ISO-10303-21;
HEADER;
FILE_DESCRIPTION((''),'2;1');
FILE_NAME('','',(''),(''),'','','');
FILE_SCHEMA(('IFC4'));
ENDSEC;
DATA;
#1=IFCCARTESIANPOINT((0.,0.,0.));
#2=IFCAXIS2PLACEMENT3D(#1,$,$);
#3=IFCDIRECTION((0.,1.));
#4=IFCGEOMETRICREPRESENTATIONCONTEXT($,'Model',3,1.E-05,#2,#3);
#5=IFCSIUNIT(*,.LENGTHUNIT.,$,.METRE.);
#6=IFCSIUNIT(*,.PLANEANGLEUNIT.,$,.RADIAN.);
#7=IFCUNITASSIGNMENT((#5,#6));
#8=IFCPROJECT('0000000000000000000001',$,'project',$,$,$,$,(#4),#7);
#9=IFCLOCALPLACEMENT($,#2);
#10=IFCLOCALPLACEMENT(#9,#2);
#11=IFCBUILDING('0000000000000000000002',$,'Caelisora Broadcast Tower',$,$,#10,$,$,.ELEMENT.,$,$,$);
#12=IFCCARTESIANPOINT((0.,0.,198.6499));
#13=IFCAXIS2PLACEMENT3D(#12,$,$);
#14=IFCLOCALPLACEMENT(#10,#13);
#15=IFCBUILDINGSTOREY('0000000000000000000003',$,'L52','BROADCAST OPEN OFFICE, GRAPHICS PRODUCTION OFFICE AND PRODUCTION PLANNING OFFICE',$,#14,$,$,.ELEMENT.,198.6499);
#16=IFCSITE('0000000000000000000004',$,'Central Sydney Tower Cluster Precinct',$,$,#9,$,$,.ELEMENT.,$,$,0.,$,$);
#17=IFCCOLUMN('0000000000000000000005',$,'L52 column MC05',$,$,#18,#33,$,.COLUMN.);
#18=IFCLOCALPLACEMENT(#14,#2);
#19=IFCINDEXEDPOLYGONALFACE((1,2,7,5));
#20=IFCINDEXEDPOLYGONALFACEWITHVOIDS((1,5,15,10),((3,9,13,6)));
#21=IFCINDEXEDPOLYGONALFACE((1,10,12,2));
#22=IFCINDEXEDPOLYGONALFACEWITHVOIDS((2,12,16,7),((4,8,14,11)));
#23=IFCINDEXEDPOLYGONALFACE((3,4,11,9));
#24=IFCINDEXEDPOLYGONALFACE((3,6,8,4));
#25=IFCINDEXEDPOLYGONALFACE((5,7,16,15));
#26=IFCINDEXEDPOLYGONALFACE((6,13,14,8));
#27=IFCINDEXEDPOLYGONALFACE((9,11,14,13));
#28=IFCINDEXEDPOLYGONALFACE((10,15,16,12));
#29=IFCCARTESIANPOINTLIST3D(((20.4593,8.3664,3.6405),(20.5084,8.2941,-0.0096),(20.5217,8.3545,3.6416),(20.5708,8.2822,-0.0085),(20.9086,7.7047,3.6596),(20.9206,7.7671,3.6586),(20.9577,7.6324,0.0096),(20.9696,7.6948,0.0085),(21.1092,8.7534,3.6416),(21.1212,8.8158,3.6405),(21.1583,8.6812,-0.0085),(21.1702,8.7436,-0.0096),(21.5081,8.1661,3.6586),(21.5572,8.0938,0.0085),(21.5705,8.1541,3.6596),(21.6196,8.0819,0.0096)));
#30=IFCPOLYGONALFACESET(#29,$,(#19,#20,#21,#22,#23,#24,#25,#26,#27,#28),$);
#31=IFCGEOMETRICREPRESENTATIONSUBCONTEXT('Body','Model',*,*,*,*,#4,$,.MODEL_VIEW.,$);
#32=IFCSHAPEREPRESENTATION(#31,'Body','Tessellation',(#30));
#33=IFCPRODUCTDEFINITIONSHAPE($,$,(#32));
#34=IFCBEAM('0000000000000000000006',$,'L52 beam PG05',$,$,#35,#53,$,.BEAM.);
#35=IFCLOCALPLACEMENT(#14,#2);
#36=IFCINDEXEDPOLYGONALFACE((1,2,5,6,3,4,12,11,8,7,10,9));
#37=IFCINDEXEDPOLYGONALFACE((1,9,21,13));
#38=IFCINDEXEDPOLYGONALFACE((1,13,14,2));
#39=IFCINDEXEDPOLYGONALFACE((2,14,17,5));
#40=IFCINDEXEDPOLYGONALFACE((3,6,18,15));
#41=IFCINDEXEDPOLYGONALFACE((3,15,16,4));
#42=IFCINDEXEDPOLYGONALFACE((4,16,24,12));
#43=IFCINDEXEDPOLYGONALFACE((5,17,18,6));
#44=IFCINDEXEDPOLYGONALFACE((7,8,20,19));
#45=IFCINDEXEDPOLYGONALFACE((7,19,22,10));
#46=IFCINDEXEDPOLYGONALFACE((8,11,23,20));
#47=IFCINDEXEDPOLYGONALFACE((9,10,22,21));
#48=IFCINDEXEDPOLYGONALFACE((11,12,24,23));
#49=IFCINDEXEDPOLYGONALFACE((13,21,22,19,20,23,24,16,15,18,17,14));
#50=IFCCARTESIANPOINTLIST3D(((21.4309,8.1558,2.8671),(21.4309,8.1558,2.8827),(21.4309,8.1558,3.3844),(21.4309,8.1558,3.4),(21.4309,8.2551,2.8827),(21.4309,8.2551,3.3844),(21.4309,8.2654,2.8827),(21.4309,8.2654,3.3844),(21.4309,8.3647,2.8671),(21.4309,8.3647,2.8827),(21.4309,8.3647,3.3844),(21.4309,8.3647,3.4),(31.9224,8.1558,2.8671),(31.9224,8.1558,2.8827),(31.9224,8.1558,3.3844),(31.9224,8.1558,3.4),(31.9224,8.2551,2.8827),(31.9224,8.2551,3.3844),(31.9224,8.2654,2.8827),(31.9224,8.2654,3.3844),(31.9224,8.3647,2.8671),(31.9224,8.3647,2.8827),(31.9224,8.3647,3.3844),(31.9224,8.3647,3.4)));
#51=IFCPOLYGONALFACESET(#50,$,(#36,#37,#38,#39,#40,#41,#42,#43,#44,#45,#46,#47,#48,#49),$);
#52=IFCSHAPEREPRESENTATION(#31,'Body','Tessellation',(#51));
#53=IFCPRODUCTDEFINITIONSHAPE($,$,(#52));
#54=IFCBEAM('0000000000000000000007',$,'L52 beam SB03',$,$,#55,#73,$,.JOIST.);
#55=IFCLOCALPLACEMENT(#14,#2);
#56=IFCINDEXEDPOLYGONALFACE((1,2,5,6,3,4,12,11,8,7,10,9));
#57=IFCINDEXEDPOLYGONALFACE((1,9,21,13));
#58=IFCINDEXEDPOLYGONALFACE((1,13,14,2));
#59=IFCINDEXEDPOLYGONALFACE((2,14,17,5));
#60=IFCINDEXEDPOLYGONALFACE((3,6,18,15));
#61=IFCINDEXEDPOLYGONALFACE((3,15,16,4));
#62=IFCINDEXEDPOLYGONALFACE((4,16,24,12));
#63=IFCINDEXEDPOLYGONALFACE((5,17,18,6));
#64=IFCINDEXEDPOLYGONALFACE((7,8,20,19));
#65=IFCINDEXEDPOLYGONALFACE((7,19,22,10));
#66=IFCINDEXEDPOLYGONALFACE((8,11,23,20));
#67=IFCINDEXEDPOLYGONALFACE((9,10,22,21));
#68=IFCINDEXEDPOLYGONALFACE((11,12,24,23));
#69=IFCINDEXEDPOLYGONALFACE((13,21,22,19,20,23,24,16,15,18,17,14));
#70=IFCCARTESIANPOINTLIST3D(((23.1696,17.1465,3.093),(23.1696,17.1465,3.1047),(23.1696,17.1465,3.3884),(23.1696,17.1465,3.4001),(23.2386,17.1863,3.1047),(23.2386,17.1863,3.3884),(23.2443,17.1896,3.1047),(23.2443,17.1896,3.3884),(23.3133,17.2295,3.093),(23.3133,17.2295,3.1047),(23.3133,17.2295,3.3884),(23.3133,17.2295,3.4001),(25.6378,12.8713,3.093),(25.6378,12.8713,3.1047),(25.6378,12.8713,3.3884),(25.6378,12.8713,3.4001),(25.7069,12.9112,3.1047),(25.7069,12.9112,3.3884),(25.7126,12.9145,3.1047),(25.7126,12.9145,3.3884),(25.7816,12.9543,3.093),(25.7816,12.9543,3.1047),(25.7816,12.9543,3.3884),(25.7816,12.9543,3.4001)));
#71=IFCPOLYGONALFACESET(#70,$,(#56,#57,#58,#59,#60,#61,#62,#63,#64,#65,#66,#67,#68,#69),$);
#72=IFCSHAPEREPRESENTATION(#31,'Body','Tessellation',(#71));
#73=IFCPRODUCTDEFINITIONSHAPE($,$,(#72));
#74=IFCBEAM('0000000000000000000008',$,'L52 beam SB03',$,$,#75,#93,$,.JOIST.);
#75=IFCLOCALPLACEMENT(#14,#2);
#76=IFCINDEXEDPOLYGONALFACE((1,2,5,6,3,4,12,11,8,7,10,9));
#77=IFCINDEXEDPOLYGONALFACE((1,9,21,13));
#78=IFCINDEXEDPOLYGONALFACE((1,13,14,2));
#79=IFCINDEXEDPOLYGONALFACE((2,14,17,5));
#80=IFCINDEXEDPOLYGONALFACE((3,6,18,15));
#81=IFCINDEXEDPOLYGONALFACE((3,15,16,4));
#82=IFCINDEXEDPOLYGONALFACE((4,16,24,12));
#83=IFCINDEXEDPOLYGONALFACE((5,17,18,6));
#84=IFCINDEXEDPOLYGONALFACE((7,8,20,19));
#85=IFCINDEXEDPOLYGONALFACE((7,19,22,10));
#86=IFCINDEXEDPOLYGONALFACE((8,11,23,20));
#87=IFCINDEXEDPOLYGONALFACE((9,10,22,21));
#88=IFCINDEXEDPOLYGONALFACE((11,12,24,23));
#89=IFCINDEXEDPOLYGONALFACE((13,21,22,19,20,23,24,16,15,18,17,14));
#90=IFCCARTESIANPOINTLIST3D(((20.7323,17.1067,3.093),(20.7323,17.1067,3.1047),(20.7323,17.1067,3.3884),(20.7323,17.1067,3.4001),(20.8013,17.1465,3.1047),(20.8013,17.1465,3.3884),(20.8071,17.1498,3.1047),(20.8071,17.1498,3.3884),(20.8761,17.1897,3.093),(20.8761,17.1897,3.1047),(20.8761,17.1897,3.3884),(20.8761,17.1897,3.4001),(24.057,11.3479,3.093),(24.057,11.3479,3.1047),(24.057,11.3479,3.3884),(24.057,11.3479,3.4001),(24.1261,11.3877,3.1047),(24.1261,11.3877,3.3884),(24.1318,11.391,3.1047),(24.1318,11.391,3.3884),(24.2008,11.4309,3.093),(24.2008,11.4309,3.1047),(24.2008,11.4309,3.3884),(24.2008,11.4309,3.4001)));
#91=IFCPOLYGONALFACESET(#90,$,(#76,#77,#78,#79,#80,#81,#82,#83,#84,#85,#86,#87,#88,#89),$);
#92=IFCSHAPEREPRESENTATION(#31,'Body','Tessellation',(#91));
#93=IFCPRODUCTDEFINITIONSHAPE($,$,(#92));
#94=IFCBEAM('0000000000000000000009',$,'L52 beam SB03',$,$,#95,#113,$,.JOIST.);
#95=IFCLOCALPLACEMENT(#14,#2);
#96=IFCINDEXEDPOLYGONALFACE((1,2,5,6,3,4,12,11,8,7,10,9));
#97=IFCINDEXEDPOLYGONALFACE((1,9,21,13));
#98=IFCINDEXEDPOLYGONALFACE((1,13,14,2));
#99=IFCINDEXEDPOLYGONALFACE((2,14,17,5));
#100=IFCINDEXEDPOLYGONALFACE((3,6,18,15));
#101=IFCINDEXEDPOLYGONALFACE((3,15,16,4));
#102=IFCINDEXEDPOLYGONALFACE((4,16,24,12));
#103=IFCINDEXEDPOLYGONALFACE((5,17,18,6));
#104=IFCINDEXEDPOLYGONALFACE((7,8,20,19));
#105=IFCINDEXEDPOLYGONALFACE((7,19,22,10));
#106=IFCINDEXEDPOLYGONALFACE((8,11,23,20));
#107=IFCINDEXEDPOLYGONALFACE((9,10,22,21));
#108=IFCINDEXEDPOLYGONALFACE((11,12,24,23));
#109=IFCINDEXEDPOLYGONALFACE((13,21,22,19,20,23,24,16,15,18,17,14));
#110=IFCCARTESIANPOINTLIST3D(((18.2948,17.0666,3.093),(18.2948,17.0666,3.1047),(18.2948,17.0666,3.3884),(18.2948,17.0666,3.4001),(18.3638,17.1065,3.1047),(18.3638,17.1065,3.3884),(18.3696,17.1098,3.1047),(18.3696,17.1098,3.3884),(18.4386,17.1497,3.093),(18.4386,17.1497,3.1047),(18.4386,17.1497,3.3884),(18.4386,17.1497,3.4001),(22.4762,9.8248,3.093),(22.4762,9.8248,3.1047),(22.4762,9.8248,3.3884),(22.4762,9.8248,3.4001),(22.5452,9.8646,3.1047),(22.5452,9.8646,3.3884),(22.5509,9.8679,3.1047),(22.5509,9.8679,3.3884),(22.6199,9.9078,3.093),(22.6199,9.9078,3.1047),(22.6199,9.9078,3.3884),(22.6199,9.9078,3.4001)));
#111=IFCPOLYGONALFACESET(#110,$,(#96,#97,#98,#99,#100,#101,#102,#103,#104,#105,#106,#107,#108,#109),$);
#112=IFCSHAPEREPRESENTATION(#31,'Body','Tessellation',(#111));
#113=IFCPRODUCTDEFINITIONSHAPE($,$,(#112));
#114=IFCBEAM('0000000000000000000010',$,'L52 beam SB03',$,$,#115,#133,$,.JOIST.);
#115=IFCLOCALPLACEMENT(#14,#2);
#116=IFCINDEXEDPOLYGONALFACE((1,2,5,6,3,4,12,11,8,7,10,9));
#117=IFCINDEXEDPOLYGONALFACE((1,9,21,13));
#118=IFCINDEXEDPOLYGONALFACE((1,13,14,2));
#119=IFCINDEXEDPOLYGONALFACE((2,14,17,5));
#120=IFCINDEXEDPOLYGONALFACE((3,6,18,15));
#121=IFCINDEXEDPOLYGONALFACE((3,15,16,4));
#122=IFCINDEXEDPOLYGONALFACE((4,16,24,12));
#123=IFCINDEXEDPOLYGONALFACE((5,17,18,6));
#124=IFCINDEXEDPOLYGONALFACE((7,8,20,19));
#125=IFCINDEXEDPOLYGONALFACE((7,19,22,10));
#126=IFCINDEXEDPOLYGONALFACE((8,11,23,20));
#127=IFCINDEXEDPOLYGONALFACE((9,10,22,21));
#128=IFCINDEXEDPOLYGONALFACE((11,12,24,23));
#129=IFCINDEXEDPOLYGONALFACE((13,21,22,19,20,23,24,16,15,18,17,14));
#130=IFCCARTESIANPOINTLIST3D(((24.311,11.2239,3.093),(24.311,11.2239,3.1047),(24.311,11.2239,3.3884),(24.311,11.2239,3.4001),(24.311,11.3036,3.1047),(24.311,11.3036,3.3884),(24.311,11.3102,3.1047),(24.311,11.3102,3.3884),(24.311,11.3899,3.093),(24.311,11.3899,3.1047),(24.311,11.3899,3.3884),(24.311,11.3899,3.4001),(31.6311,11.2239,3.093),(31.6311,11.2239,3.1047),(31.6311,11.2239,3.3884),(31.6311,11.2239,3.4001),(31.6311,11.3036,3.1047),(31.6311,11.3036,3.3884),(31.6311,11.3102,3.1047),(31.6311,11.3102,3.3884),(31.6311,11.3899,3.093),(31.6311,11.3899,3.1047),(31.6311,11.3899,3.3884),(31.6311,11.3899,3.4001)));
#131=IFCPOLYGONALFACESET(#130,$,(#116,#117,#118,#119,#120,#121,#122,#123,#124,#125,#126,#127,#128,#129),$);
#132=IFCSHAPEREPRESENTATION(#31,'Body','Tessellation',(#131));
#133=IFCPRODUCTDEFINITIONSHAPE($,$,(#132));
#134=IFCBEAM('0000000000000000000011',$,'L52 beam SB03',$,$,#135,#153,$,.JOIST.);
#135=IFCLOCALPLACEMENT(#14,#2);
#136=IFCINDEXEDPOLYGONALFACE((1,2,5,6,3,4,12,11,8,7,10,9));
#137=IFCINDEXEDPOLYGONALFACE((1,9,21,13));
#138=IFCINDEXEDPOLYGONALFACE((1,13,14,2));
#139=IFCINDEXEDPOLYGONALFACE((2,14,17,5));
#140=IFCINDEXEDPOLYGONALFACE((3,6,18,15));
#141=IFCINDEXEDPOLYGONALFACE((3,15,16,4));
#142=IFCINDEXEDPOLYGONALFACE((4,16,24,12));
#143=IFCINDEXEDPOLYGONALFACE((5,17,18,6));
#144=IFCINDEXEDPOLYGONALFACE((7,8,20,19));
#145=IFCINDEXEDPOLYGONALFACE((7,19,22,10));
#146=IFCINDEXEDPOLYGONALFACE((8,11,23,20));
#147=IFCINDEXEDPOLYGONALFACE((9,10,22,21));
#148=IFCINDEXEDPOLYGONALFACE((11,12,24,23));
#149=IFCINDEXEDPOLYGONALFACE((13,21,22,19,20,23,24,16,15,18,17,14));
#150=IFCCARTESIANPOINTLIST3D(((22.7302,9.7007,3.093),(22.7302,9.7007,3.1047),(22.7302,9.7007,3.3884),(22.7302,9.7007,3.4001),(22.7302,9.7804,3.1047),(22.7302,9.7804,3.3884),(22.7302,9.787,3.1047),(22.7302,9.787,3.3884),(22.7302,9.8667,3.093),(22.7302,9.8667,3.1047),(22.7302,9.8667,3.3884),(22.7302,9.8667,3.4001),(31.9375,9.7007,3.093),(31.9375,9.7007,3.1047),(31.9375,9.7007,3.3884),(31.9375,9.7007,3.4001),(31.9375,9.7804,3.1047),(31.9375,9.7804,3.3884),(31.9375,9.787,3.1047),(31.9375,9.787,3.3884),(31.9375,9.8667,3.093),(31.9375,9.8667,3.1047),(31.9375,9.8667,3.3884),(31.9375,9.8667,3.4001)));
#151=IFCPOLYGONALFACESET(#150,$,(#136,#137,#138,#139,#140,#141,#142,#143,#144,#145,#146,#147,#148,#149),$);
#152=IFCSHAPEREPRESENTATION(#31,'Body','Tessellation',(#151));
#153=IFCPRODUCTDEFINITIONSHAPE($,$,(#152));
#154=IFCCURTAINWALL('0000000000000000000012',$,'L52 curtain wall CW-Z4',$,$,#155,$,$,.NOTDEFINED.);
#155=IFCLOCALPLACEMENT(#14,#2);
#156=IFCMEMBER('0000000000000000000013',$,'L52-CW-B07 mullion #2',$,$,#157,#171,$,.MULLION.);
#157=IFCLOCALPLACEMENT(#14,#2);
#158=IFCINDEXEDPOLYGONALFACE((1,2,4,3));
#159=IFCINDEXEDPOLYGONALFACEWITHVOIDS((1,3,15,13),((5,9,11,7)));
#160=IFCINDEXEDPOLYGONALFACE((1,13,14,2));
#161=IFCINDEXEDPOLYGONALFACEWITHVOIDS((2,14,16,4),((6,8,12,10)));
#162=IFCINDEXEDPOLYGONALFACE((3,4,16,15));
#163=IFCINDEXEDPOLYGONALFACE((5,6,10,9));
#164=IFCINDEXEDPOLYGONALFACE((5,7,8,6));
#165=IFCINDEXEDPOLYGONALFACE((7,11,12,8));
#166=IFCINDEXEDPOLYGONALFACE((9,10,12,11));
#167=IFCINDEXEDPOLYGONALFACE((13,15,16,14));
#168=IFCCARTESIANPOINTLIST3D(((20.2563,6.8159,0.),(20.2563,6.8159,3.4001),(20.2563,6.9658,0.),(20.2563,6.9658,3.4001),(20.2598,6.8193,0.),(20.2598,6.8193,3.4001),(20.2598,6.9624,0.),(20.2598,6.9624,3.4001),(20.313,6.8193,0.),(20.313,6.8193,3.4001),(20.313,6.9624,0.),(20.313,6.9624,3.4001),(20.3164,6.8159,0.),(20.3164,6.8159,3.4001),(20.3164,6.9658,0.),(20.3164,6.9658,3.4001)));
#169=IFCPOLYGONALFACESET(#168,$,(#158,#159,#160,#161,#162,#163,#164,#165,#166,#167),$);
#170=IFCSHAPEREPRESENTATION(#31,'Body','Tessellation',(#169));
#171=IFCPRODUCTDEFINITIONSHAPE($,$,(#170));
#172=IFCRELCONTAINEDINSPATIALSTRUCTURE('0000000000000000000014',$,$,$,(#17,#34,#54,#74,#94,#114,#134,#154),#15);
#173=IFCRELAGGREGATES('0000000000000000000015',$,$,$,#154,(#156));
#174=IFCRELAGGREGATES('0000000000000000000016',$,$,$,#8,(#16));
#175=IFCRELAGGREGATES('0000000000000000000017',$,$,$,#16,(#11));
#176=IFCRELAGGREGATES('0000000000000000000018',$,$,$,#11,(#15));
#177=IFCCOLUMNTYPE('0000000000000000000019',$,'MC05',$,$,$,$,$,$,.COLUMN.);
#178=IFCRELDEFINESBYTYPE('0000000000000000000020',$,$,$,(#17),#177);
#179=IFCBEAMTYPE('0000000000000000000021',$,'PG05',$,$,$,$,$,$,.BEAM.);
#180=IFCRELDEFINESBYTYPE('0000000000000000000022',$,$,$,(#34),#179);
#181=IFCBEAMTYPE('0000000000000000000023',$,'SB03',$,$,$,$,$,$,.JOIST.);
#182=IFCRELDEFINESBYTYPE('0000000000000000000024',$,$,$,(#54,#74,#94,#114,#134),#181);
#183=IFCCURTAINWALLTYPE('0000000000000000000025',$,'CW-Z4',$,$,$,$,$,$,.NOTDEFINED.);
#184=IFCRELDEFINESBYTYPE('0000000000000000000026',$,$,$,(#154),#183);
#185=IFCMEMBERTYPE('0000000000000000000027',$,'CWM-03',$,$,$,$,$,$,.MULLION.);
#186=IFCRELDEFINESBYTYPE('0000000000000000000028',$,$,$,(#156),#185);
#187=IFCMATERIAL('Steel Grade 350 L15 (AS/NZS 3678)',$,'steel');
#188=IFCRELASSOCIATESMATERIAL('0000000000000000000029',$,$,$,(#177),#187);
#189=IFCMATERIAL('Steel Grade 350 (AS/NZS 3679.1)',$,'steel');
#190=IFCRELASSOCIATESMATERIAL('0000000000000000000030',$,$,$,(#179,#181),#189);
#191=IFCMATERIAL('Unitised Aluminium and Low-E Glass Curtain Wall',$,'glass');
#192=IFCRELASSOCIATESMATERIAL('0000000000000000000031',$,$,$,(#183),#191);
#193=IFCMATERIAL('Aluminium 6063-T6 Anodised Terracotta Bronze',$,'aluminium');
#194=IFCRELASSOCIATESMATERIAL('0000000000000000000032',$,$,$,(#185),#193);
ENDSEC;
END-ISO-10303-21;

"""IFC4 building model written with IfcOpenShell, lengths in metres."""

from ifc_helpers import new_model, si_unit, direction, frame, origin, origin_2d, place, context, subcontext, project, spatial, hollow_rectangle, i_section, extrude, source, transform, mapped, material, material_profile, profile_set, type_object, type_shapes, element, aggregate, save


model = new_model("IFC4")

# Units and contexts
model_context = context("Model", 3, precision=1e-05, world=origin(), true_north=direction((0.0, 1.0)))
body_context = subcontext(model_context, "Body", "Model", "MODEL_VIEW")
ifc_project = project(units=[si_unit("LENGTHUNIT", "METRE"), si_unit("PLANEANGLEUNIT", "RADIAN")], contexts=[model_context])

# Site, building, storey
site_placement = place(None, origin())
site = spatial("IfcSite", under=ifc_project, at=site_placement, Name="Central Sydney Tower Cluster Precinct", CompositionType="ELEMENT", RefElevation=0.0)
building_placement = place(site_placement, origin())
building = spatial("IfcBuilding", under=site, at=building_placement, Name="Caelisora Broadcast Tower", CompositionType="ELEMENT")
storey_placement = place(building_placement, frame((0.0, 0.0, 198.6499)))
storey = spatial("IfcBuildingStorey", under=building, at=storey_placement, Name="L52", Description="BROADCAST OPEN OFFICE, GRAPHICS PRODUCTION OFFICE AND PRODUCTION PLANNING OFFICE", CompositionType="ELEMENT", Elevation=198.6499)

# Column
ifc_material_1 = material(Name="Steel Grade 350 L15 (AS/NZS 3678)", Category="steel")
ifc_material_profile_1 = material_profile(ifc_material_1, hollow_rectangle(XDim=0.8, YDim=0.8, WallThickness=0.0449, at=origin_2d()), Name="Steel Grade 350 L15 (AS/NZS 3678)")
ifc_profile_set_1 = profile_set([ifc_material_profile_1], Name="Steel Grade 350 L15 (AS/NZS 3678)")
column_type = type_object("IfcColumnType", Name="MC05", PredefinedType="COLUMN", material=ifc_profile_set_1)
shared_shape_1 = source(origin(), body_context, "Body", "SweptSolid", [
    extrude(hollow_rectangle(XDim=0.8, YDim=0.8, WallThickness=0.0449, at=origin_2d()), origin(), (0.0, 0.0, 1.0), 3.6511),
])
type_shapes(column_type, [shared_shape_1])
column_placement = place(storey_placement, frame((21.064, 8.188, 0.0), z_axis=(-0.01344, 0.019792, 0.999714), x_axis=(-0.82729, -0.561775, 0.0)))
element("IfcColumn", 1, at=column_placement, inside=storey, type_object=column_type, Name="L52 column MC05", PredefinedType="COLUMN", context=body_context, shape_type="MappedRepresentation", body=[
    mapped(shared_shape_1, transform((0.0, 0.0, 0.0), scale=1.0)),
])

# Beams
ifc_material_2 = material(Name="Steel Grade 350 (AS/NZS 3679.1)", Category="steel")
ifc_material_profile_2 = material_profile(ifc_material_2, i_section(OverallWidth=0.209, OverallDepth=0.533, WebThickness=0.0103, FlangeThickness=0.0156, at=origin_2d()), Name="Steel Grade 350 (AS/NZS 3679.1)")
ifc_profile_set_2 = profile_set([ifc_material_profile_2], Name="Steel Grade 350 (AS/NZS 3679.1)")
beam_type_1 = type_object("IfcBeamType", Name="PG05", PredefinedType="BEAM", material=ifc_profile_set_2)
shared_shape_2 = source(origin(), body_context, "Body", "SweptSolid", [
    extrude(i_section(OverallWidth=0.209, OverallDepth=0.533, WebThickness=0.0103, FlangeThickness=0.0156, at=origin_2d()), origin(), (0.0, 0.0, 1.0), 10.4915),
])
type_shapes(beam_type_1, [shared_shape_2])
beam_1_placement = place(storey_placement, frame((21.4309, 8.2603, 3.1335), z_axis=(1.0, 0.0, 0.0), x_axis=(0.0, 1.0, 0.0)))
element("IfcBeam", 2, at=beam_1_placement, inside=storey, type_object=beam_type_1, Name="L52 beam PG05", PredefinedType="BEAM", context=body_context, shape_type="MappedRepresentation", body=[
    mapped(shared_shape_2, transform((0.0, 0.0, 0.0), scale=1.0)),
])
ifc_material_profile_3 = material_profile(ifc_material_2, i_section(OverallWidth=0.166, OverallDepth=0.3071, WebThickness=0.0066, FlangeThickness=0.0117, at=origin_2d()), Name="Steel Grade 350 (AS/NZS 3679.1)")
ifc_profile_set_3 = profile_set([ifc_material_profile_3], Name="Steel Grade 350 (AS/NZS 3679.1)")
beam_type_2 = type_object("IfcBeamType", Name="SB03", PredefinedType="JOIST", material=ifc_profile_set_3)
shared_shape_3 = source(origin(), body_context, "Body", "SweptSolid", [
    extrude(i_section(OverallWidth=0.166, OverallDepth=0.3071, WebThickness=0.0066, FlangeThickness=0.0117, at=origin_2d()), origin(), (0.0, 0.0, 1.0), 4.9365),
])
beam_2_placement = place(storey_placement, frame((23.2415, 17.188, 3.2466), z_axis=(0.500001, -0.866025, 0.0), x_axis=(0.866025, 0.500001, 0.0)))
element("IfcBeam", 3, at=beam_2_placement, inside=storey, type_object=beam_type_2, Name="L52 beam SB03", PredefinedType="JOIST", context=body_context, shape_type="MappedRepresentation", body=[
    mapped(shared_shape_3, transform((0.0, 0.0, 0.0), scale=1.0)),
])
shared_shape_4 = source(origin(), body_context, "Body", "SweptSolid", [
    extrude(i_section(OverallWidth=0.166, OverallDepth=0.3071, WebThickness=0.0066, FlangeThickness=0.0117, at=origin_2d()), origin(), (0.0, 0.0, 1.0), 6.6497),
])
beam_3_placement = place(storey_placement, frame((20.8042, 17.1482, 3.2466), z_axis=(0.499985, -0.866034, 0.0), x_axis=(0.866034, 0.499985, 0.0)))
element("IfcBeam", 4, at=beam_3_placement, inside=storey, type_object=beam_type_2, Name="L52 beam SB03", PredefinedType="JOIST", context=body_context, shape_type="MappedRepresentation", body=[
    mapped(shared_shape_4, transform((0.0, 0.0, 0.0), scale=1.0)),
])
shared_shape_5 = source(origin(), body_context, "Body", "SweptSolid", [
    extrude(i_section(OverallWidth=0.166, OverallDepth=0.3071, WebThickness=0.0066, FlangeThickness=0.0117, at=origin_2d()), origin(), (0.0, 0.0, 1.0), 8.3623),
])
beam_4_placement = place(storey_placement, frame((18.3667, 17.1082, 3.2466), z_axis=(0.500023, -0.866012, 0.0), x_axis=(0.866012, 0.500023, 0.0)))
element("IfcBeam", 5, at=beam_4_placement, inside=storey, type_object=beam_type_2, Name="L52 beam SB03", PredefinedType="JOIST", context=body_context, shape_type="MappedRepresentation", body=[
    mapped(shared_shape_5, transform((0.0, 0.0, 0.0), scale=1.0)),
])
shared_shape_6 = source(origin(), body_context, "Body", "SweptSolid", [
    extrude(i_section(OverallWidth=0.166, OverallDepth=0.3071, WebThickness=0.0066, FlangeThickness=0.0117, at=origin_2d()), origin(), (0.0, 0.0, 1.0), 7.3201),
])
beam_5_placement = place(storey_placement, frame((24.311, 11.3069, 3.2466), z_axis=(1.0, 0.0, 0.0), x_axis=(0.0, 1.0, 0.0)))
element("IfcBeam", 6, at=beam_5_placement, inside=storey, type_object=beam_type_2, Name="L52 beam SB03", PredefinedType="JOIST", context=body_context, shape_type="MappedRepresentation", body=[
    mapped(shared_shape_6, transform((0.0, 0.0, 0.0), scale=1.0)),
])
shared_shape_7 = source(origin(), body_context, "Body", "SweptSolid", [
    extrude(i_section(OverallWidth=0.166, OverallDepth=0.3071, WebThickness=0.0066, FlangeThickness=0.0117, at=origin_2d()), origin(), (0.0, 0.0, 1.0), 9.2073),
])
type_shapes(beam_type_2, [shared_shape_3, shared_shape_4, shared_shape_5, shared_shape_6, shared_shape_7])
beam_6_placement = place(storey_placement, frame((22.7302, 9.7837, 3.2466), z_axis=(1.0, 0.0, 0.0), x_axis=(0.0, 1.0, 0.0)))
element("IfcBeam", 7, at=beam_6_placement, inside=storey, type_object=beam_type_2, Name="L52 beam SB03", PredefinedType="JOIST", context=body_context, shape_type="MappedRepresentation", body=[
    mapped(shared_shape_7, transform((0.0, 0.0, 0.0), scale=1.0)),
])

# Curtain wall, member
ifc_material_3 = material(Name="Unitised Aluminium and Low-E Glass Curtain Wall", Category="glass")
curtain_wall_type = type_object("IfcCurtainWallType", Name="CW-Z4", PredefinedType="NOTDEFINED", material=ifc_material_3)
curtain_wall_1_placement = place(storey_placement, origin())
curtain_wall_1 = element("IfcCurtainWall", 8, at=curtain_wall_1_placement, inside=storey, type_object=curtain_wall_type, Name="L52 curtain wall CW-Z4", PredefinedType="NOTDEFINED")
ifc_material_4 = material(Name="Aluminium 6063-T6 Anodised Terracotta Bronze", Category="aluminium")
ifc_material_profile_4 = material_profile(ifc_material_4, hollow_rectangle(XDim=0.0601, YDim=0.1499, WallThickness=0.0034, at=origin_2d()), Name="Aluminium 6063-T6 Anodised Terracotta Bronze")
ifc_profile_set_4 = profile_set([ifc_material_profile_4], Name="Aluminium 6063-T6 Anodised Terracotta Bronze")
member_type = type_object("IfcMemberType", Name="CWM-03", PredefinedType="MULLION", material=ifc_profile_set_4)
shared_shape_8 = source(origin(), body_context, "Body", "SweptSolid", [
    extrude(hollow_rectangle(XDim=0.0601, YDim=0.1499, WallThickness=0.0034, at=origin_2d()), origin(), (0.0, 0.0, 1.0), 3.4001),
])
type_shapes(member_type, [shared_shape_8])
member_1_placement = place(storey_placement, frame((20.2864, 6.8909, 0.0), z_axis=(0.0, 0.0, 1.0), x_axis=(1.0, 0.0, 0.0)))
member_1 = element("IfcMember", 9, at=member_1_placement, type_object=member_type, Name="L52-CW-B07 mullion #2", PredefinedType="MULLION", context=body_context, shape_type="MappedRepresentation", body=[
    mapped(shared_shape_8, transform((0.0, 0.0, 0.0), scale=1.0)),
])

aggregate(curtain_wall_1, [member_1])

save(model, "model.ifc")
